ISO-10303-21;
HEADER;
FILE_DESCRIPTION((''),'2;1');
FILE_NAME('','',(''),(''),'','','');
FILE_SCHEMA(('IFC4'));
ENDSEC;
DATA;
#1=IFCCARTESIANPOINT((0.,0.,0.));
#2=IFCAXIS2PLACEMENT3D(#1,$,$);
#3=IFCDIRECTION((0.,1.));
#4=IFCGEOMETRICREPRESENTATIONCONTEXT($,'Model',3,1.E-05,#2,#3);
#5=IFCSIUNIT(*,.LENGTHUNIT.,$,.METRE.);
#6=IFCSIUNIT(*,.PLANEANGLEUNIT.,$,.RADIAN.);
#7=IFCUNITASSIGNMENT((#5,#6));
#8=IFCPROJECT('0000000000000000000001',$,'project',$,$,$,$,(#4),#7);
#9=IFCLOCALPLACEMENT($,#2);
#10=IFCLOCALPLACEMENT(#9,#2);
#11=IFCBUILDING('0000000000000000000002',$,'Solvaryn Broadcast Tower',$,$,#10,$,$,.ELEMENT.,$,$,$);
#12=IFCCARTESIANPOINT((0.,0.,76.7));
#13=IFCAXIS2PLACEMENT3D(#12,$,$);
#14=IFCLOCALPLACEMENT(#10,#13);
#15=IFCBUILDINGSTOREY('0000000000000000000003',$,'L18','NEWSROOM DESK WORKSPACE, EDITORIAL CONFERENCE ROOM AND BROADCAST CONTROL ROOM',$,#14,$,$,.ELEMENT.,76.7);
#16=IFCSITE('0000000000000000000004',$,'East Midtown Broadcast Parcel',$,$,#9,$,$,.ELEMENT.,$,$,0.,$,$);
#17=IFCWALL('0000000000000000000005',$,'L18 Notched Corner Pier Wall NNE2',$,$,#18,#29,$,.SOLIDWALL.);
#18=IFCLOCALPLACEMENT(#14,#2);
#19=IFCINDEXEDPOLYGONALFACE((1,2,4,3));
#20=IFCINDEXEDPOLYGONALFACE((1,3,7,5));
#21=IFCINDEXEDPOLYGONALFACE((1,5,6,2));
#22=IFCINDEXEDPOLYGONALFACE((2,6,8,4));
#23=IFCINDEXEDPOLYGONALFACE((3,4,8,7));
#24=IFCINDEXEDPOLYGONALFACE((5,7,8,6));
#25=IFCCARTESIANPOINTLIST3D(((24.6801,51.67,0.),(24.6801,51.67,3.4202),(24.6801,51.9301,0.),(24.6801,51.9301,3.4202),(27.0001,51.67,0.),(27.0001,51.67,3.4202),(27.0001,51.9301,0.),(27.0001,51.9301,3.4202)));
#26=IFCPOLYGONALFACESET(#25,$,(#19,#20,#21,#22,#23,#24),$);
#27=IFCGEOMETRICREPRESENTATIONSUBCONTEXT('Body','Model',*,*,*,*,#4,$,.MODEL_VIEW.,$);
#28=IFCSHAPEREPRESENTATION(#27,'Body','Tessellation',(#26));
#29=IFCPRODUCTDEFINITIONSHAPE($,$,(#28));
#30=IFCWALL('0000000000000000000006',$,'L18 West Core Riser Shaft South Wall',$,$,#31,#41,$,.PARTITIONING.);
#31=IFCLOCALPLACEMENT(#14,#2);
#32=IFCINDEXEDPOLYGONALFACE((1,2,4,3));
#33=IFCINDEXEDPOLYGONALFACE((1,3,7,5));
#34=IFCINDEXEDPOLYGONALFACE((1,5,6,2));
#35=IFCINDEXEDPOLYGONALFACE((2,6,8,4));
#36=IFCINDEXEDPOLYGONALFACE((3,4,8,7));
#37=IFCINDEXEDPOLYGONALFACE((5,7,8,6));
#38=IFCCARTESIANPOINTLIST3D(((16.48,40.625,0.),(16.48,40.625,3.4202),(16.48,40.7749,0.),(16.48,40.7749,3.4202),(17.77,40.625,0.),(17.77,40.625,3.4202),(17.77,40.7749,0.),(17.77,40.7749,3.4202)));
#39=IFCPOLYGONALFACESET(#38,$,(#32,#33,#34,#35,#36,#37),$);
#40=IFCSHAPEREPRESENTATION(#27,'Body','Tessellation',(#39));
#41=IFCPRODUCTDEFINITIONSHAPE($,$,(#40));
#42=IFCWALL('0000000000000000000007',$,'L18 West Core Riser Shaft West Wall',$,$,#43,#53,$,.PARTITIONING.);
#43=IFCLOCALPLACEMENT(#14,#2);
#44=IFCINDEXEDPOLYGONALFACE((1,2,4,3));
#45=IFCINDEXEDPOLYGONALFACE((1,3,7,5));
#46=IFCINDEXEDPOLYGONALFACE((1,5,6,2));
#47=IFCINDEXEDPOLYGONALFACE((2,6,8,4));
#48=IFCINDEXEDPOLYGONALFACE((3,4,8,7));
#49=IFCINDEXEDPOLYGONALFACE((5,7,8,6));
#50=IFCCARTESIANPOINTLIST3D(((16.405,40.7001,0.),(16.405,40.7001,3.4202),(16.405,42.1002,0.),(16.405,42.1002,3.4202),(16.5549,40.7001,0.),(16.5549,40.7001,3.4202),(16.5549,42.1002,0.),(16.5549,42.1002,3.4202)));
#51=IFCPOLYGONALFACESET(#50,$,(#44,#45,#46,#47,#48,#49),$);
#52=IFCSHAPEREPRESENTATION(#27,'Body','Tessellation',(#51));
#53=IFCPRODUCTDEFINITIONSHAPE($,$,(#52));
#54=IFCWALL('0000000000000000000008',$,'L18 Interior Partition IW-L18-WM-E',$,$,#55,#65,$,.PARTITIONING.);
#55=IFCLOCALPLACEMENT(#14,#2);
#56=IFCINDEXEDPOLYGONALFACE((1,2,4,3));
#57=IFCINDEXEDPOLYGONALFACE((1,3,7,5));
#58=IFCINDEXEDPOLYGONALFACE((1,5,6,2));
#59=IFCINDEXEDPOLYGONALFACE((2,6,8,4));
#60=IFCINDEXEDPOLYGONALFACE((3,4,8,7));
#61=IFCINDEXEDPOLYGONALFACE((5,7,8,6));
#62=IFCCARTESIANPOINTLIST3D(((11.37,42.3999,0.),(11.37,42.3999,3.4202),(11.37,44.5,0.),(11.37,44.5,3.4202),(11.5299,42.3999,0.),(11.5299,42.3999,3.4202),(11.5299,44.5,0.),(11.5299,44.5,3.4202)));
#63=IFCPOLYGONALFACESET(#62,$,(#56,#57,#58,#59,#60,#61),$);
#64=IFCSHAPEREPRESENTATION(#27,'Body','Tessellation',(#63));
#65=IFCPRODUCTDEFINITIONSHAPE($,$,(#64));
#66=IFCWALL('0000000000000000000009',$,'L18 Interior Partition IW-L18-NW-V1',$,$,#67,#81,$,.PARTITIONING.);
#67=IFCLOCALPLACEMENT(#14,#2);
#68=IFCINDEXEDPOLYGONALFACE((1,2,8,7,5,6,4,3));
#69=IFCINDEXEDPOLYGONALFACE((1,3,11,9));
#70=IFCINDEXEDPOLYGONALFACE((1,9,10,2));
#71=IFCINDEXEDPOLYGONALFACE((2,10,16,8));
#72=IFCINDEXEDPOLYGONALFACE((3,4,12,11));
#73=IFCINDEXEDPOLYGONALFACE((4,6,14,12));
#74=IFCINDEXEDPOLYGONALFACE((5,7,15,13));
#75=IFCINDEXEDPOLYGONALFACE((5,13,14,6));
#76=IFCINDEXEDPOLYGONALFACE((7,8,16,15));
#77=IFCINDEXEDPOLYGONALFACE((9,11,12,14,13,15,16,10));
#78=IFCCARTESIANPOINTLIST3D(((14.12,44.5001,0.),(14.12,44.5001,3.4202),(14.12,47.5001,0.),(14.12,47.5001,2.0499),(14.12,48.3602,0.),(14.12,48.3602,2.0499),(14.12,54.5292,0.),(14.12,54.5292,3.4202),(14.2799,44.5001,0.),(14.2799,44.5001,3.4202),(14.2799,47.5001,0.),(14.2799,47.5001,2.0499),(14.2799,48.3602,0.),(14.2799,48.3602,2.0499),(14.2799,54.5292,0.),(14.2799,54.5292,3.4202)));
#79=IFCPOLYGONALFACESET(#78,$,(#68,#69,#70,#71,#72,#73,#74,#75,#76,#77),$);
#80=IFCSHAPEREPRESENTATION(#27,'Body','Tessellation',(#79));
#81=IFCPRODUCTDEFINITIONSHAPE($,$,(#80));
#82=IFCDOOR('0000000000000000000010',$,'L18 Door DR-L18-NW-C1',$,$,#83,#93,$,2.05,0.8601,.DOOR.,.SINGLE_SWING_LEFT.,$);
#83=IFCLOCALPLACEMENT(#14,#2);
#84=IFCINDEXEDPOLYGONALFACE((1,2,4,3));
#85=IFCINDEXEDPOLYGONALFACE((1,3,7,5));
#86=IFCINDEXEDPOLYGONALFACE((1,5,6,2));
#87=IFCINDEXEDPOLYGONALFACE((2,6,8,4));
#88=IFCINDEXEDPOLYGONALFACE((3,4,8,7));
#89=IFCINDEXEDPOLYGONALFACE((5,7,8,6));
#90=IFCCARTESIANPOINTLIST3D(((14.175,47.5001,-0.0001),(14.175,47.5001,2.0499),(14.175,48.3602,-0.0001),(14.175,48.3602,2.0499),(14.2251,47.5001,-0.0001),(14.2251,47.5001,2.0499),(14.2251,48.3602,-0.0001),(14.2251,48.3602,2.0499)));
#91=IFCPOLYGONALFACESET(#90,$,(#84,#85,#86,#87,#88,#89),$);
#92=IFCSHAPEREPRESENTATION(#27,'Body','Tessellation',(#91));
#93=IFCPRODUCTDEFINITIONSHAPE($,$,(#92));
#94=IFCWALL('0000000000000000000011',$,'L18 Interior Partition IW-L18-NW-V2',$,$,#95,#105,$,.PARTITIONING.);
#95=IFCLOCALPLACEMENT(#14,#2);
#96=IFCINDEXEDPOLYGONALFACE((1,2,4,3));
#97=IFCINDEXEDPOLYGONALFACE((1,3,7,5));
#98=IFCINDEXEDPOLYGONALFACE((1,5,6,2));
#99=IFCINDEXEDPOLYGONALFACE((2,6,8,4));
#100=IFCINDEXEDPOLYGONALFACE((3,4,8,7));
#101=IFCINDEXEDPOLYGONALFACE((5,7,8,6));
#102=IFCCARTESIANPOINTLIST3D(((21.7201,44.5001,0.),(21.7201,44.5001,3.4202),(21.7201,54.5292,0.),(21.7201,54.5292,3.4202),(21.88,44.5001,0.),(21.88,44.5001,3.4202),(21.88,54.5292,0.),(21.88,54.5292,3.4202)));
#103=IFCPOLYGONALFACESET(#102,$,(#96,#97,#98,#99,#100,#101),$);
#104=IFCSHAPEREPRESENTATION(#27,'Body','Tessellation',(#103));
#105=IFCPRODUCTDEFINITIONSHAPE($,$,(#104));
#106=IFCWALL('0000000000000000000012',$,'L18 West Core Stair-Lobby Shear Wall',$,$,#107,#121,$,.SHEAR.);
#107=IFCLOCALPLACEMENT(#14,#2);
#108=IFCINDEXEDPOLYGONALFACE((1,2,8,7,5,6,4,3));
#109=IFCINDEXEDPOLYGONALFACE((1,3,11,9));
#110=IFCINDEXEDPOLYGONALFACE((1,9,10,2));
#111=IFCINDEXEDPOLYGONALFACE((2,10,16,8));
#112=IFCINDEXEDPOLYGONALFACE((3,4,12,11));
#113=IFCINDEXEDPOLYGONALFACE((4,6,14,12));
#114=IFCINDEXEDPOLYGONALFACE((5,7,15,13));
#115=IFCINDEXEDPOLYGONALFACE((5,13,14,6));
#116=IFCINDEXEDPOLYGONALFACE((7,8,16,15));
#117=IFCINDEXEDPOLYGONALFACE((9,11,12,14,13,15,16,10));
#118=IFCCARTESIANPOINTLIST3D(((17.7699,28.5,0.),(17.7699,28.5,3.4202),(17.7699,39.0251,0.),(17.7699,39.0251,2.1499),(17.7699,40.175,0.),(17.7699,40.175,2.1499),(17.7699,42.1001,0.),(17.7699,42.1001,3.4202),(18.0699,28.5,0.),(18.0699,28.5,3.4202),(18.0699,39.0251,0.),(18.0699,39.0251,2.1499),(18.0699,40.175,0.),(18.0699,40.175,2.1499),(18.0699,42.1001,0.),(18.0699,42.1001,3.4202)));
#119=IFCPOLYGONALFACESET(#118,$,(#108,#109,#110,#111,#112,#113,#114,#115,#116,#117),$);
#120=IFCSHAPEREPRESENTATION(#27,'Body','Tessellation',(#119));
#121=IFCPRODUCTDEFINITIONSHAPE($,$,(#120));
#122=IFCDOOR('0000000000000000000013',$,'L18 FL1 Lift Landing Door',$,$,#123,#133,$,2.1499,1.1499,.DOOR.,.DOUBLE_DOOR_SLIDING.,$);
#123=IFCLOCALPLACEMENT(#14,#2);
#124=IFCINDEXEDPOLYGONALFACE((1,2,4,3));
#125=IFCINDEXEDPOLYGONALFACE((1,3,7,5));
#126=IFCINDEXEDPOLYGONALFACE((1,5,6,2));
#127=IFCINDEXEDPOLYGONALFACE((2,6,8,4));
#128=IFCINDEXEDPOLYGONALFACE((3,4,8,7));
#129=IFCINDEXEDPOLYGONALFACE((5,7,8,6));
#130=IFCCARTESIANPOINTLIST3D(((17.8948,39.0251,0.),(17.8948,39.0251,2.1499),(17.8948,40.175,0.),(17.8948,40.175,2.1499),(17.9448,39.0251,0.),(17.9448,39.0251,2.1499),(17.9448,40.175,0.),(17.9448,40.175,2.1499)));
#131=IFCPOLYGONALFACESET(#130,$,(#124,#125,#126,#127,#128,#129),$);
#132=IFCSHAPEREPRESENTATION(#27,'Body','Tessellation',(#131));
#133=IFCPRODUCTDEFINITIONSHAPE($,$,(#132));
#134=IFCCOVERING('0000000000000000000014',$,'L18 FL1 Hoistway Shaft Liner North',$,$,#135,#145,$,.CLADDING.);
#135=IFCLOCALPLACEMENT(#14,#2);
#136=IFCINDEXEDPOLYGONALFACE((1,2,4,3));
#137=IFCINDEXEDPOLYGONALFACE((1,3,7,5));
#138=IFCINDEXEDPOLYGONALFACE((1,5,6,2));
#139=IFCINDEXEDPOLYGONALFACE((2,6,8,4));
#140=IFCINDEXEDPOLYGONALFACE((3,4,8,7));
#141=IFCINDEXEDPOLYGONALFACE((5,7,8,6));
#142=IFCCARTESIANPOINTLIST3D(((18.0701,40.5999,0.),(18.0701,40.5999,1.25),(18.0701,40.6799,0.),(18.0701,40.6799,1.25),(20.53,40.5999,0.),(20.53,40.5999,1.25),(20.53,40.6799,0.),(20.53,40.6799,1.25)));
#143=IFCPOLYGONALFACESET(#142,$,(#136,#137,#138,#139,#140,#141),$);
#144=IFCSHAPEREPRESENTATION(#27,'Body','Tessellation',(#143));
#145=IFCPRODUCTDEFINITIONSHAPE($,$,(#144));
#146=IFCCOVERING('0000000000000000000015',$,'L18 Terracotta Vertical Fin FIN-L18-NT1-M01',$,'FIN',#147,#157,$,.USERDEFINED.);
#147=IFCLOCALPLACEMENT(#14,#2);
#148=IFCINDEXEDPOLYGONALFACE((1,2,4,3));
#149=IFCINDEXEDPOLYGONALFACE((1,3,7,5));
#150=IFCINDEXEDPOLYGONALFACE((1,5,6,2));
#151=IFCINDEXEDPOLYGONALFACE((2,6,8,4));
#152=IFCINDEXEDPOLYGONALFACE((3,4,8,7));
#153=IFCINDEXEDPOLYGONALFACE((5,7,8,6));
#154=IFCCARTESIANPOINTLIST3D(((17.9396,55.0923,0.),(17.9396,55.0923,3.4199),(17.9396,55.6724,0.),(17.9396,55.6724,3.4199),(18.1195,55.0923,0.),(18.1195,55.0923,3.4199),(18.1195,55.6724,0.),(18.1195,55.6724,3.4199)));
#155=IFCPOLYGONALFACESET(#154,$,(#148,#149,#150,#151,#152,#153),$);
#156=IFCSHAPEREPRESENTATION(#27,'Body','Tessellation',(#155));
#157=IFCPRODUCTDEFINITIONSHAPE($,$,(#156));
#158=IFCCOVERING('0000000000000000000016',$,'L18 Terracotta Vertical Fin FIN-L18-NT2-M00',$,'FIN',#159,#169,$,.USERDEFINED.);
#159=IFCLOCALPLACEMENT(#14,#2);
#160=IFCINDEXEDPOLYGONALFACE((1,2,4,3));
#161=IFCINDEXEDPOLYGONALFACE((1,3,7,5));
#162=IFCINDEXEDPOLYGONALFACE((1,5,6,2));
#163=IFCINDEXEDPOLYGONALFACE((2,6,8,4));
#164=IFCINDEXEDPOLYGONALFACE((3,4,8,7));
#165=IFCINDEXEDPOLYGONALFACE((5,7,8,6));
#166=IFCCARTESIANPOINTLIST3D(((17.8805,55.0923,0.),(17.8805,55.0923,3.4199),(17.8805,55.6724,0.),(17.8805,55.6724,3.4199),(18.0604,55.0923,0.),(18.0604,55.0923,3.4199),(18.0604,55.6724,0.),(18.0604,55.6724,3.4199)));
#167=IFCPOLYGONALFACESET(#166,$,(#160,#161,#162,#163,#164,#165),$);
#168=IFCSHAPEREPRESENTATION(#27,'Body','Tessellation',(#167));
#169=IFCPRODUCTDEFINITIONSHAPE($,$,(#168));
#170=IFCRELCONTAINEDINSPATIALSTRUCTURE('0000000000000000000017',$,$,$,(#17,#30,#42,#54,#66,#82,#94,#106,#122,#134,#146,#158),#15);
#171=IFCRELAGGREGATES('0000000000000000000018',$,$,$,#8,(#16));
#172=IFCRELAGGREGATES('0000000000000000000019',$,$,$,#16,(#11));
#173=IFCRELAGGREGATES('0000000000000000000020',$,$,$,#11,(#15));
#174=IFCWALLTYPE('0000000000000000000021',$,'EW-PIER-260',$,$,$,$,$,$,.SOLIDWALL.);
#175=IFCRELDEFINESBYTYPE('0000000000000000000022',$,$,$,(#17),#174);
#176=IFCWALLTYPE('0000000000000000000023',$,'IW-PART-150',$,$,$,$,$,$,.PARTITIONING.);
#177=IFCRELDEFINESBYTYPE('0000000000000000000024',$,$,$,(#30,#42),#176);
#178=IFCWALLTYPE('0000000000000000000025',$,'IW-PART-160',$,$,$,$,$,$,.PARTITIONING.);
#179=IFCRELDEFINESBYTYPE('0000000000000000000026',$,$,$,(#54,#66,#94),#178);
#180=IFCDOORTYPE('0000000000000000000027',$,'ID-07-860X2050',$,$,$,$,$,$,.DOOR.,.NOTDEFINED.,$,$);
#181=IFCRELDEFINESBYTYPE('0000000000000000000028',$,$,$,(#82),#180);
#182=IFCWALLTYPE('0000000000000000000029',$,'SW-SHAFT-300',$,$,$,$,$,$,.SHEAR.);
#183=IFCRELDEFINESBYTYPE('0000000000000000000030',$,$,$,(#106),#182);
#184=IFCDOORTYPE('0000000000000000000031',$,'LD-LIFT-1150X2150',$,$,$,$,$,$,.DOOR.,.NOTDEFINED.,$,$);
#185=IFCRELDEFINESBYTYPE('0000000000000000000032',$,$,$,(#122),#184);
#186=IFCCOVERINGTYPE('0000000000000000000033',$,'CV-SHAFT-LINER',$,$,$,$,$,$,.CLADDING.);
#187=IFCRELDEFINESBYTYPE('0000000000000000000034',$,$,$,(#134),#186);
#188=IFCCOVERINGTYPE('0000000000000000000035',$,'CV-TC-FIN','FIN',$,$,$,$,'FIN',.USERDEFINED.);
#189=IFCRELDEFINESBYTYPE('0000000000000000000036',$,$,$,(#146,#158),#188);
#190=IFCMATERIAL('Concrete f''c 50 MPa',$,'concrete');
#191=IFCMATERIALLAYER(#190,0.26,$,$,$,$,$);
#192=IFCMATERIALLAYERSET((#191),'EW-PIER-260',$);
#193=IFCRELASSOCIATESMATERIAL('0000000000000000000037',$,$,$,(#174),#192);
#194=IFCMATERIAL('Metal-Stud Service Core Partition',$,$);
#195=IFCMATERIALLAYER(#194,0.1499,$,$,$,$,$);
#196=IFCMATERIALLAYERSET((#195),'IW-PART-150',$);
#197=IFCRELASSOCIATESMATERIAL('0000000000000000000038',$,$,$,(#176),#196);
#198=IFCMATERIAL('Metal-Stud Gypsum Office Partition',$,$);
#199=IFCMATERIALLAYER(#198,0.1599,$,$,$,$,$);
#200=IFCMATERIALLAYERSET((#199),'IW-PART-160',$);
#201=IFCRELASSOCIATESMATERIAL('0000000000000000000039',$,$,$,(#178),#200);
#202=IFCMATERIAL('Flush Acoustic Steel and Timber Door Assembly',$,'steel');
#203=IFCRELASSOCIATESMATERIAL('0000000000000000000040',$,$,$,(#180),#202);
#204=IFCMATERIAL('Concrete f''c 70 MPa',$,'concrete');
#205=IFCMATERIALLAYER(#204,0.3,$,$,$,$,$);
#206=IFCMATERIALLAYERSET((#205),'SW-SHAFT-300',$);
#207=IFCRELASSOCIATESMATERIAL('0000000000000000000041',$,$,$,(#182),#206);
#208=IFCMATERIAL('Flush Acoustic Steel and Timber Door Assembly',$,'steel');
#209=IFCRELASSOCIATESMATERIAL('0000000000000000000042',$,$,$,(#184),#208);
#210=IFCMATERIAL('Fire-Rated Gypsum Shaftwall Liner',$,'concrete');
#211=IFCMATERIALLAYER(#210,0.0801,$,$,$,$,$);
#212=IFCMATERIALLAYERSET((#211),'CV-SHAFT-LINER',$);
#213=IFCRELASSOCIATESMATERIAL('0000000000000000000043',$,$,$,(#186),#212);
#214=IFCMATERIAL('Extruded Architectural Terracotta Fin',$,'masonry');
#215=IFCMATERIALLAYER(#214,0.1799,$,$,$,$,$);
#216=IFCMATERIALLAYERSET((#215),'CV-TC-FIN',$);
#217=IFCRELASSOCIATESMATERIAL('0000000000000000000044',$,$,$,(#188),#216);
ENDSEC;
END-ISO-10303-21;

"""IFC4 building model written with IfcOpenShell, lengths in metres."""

from ifc_helpers import new_model, si_unit, direction, frame, frame_2d, origin, origin_2d, place, context, subcontext, project, spatial, rectangle, extrude, material, layer, layer_set, type_object, element, fill, save


model = new_model("IFC4")

# Units and contexts
model_context = context("Model", 3, precision=1e-05, world=origin(), true_north=direction((0.0, 1.0)))
body_context = subcontext(model_context, "Body", "Model", "MODEL_VIEW")
ifc_project = project(units=[si_unit("LENGTHUNIT", "METRE"), si_unit("PLANEANGLEUNIT", "RADIAN")], contexts=[model_context])

# Site, building, storey
site_placement = place(None, origin())
site = spatial("IfcSite", under=ifc_project, at=site_placement, Name="East Midtown Broadcast Parcel", CompositionType="ELEMENT", RefElevation=0.0)
building_placement = place(site_placement, origin())
building = spatial("IfcBuilding", under=site, at=building_placement, Name="Solvaryn Broadcast Tower", CompositionType="ELEMENT")
storey_placement = place(building_placement, frame((0.0, 0.0, 76.7)))
storey = spatial("IfcBuildingStorey", under=building, at=storey_placement, Name="L18", Description="NEWSROOM DESK WORKSPACE, EDITORIAL CONFERENCE ROOM AND BROADCAST CONTROL ROOM", CompositionType="ELEMENT", Elevation=76.7)

# Walls
ifc_material_1 = material(Name="Concrete f'c 50 MPa", Category="concrete")
ifc_layer_1 = layer(ifc_material_1, 0.26)
ifc_layer_set_1 = layer_set([ifc_layer_1], Name="EW-PIER-260")
wall_type_1 = type_object("IfcWallType", Name="EW-PIER-260", PredefinedType="SOLIDWALL", material=ifc_layer_set_1)
wall_1_placement = place(storey_placement, frame((24.6799, 51.8, 0.0), z_axis=(0.0, 0.0, 1.0), x_axis=(1.0, 0.0, 0.0)))
element("IfcWall", 1, at=wall_1_placement, inside=storey, type_object=wall_type_1, Name="L18 Notched Corner Pier Wall NNE2", PredefinedType="SOLIDWALL", context=body_context, shape_type="SweptSolid", body=[
    extrude(rectangle(XDim=2.3201, YDim=0.26, at=frame_2d((1.1602, 0.0))), origin(), (0.0, 0.0, 1.0), 3.4202),
])
ifc_material_2 = material(Name="Metal-Stud Service Core Partition")
ifc_layer_2 = layer(ifc_material_2, 0.1499)
ifc_layer_set_2 = layer_set([ifc_layer_2], Name="IW-PART-150")
wall_type_2 = type_object("IfcWallType", Name="IW-PART-150", PredefinedType="PARTITIONING", material=ifc_layer_set_2)
wall_2_placement = place(storey_placement, frame((16.48, 40.7, 0.0), z_axis=(0.0, 0.0, 1.0), x_axis=(1.0, 0.0, 0.0)))
element("IfcWall", 2, at=wall_2_placement, inside=storey, type_object=wall_type_2, Name="L18 West Core Riser Shaft South Wall", PredefinedType="PARTITIONING", context=body_context, shape_type="SweptSolid", body=[
    extrude(rectangle(XDim=1.29, YDim=0.1499, at=frame_2d((0.645, 0.0))), origin(), (0.0, 0.0, 1.0), 3.4202),
])
wall_3_placement = place(storey_placement, frame((16.48, 40.7, 0.0), z_axis=(0.0, 0.0, 1.0), x_axis=(0.0, 1.0, 0.0)))
element("IfcWall", 3, at=wall_3_placement, inside=storey, type_object=wall_type_2, Name="L18 West Core Riser Shaft West Wall", PredefinedType="PARTITIONING", context=body_context, shape_type="SweptSolid", body=[
    extrude(rectangle(XDim=1.4001, YDim=0.1499, at=frame_2d((0.7002, 0.0))), origin(), (0.0, 0.0, 1.0), 3.4202),
])
ifc_material_3 = material(Name="Metal-Stud Gypsum Office Partition")
ifc_layer_3 = layer(ifc_material_3, 0.1599)
ifc_layer_set_3 = layer_set([ifc_layer_3], Name="IW-PART-160")
wall_type_3 = type_object("IfcWallType", Name="IW-PART-160", PredefinedType="PARTITIONING", material=ifc_layer_set_3)
wall_4_placement = place(storey_placement, frame((11.45, 42.3999, 0.0), z_axis=(0.0, 0.0, 1.0), x_axis=(0.0, 1.0, 0.0)))
element("IfcWall", 4, at=wall_4_placement, inside=storey, type_object=wall_type_3, Name="L18 Interior Partition IW-L18-WM-E", PredefinedType="PARTITIONING", context=body_context, shape_type="SweptSolid", body=[
    extrude(rectangle(XDim=2.1001, YDim=0.1599, at=frame_2d((1.05, 0.0))), origin(), (0.0, 0.0, 1.0), 3.4202),
])

# Wall, opening, door
wall_5_placement = place(storey_placement, frame((14.2, 44.5, 0.0), z_axis=(0.0, 0.0, 1.0), x_axis=(0.0, 1.0, 0.0)))
wall_5 = element("IfcWall", 5, at=wall_5_placement, inside=storey, type_object=wall_type_3, Name="L18 Interior Partition IW-L18-NW-V1", PredefinedType="PARTITIONING", context=body_context, shape_type="SweptSolid", body=[
    extrude(rectangle(XDim=10.0291, YDim=0.1599, at=frame_2d((5.0146, 0.0))), origin(), (0.0, 0.0, 1.0), 3.4202),
])
opening_1_placement = place(wall_5_placement, frame((3.0, 0.0, 0.0)))
opening_1 = element("IfcOpeningElement", 6, at=opening_1_placement, cuts=wall_5, PredefinedType="OPENING", context=body_context, shape_type="SweptSolid", body=[
    extrude(rectangle(XDim=0.8601, YDim=2.05, at=frame_2d((0.4302, 1.0249))), frame((0.0, 0.0901, 0.0), z_axis=(0.0, -1.0, 0.0), x_axis=(1.0, 0.0, 0.0)), (0.0, 0.0, 1.0), 0.1799),
])
ifc_material_4 = material(Name="Flush Acoustic Steel and Timber Door Assembly", Category="steel")
door_type_1 = type_object("IfcDoorType", Name="ID-07-860X2050", OperationType="NOTDEFINED", PredefinedType="DOOR", material=ifc_material_4)
door_1_placement = place(opening_1_placement, origin())
door_1 = element("IfcDoor", 7, at=door_1_placement, inside=storey, type_object=door_type_1, Name="L18 Door DR-L18-NW-C1", OperationType="SINGLE_SWING_LEFT", OverallHeight=2.05, OverallWidth=0.8601, PredefinedType="DOOR", context=body_context, shape_type="SweptSolid", body=[
    extrude(rectangle(XDim=0.8601, YDim=2.05, at=frame_2d((0.4302, 1.0249))), frame((0.0, 0.0249, 0.0), z_axis=(0.0, -1.0, 0.0), x_axis=(1.0, 0.0, 0.0)), (0.0, 0.0, 1.0), 0.05),
])
fill(opening_1, door_1)

# Wall
wall_6_placement = place(storey_placement, frame((21.8, 44.5, 0.0), z_axis=(0.0, 0.0, 1.0), x_axis=(0.0, 1.0, 0.0)))
element("IfcWall", 8, at=wall_6_placement, inside=storey, type_object=wall_type_3, Name="L18 Interior Partition IW-L18-NW-V2", PredefinedType="PARTITIONING", context=body_context, shape_type="SweptSolid", body=[
    extrude(rectangle(XDim=10.0291, YDim=0.1599, at=frame_2d((5.0146, 0.0))), origin(), (0.0, 0.0, 1.0), 3.4202),
])

# Wall, opening, door
ifc_material_5 = material(Name="Concrete f'c 70 MPa", Category="concrete")
ifc_layer_4 = layer(ifc_material_5, 0.3)
ifc_layer_set_4 = layer_set([ifc_layer_4], Name="SW-SHAFT-300")
wall_type_4 = type_object("IfcWallType", Name="SW-SHAFT-300", PredefinedType="SHEAR", material=ifc_layer_set_4)
wall_7_placement = place(storey_placement, frame((17.9199, 42.1001, 0.0), z_axis=(0.0, 0.0, 1.0), x_axis=(0.0, -1.0, 0.0)))
wall_7 = element("IfcWall", 9, at=wall_7_placement, inside=storey, type_object=wall_type_4, Name="L18 West Core Stair-Lobby Shear Wall", PredefinedType="SHEAR", context=body_context, shape_type="SweptSolid", body=[
    extrude(rectangle(XDim=13.6001, YDim=0.3, at=frame_2d((6.8, 0.0))), origin(), (0.0, 0.0, 1.0), 3.4202),
])
opening_2_placement = place(wall_7_placement, frame((1.925, 0.0, 0.0)))
opening_2 = element("IfcOpeningElement", 10, at=opening_2_placement, cuts=wall_7, PredefinedType="OPENING", context=body_context, shape_type="SweptSolid", body=[
    extrude(rectangle(XDim=1.1499, YDim=2.1499, at=frame_2d((0.575, 1.075))), frame((0.0, 0.1599, 0.0), z_axis=(0.0, -1.0, 0.0), x_axis=(1.0, 0.0, 0.0)), (0.0, 0.0, 1.0), 0.3201),
])
ifc_material_6 = material(Name="Flush Acoustic Steel and Timber Door Assembly", Category="steel")
door_type_2 = type_object("IfcDoorType", Name="LD-LIFT-1150X2150", OperationType="NOTDEFINED", PredefinedType="DOOR", material=ifc_material_6)
door_2_placement = place(opening_2_placement, origin())
door_2 = element("IfcDoor", 11, at=door_2_placement, inside=storey, type_object=door_type_2, Name="L18 FL1 Lift Landing Door", OperationType="DOUBLE_DOOR_SLIDING", OverallHeight=2.1499, OverallWidth=1.1499, PredefinedType="DOOR", context=body_context, shape_type="SweptSolid", body=[
    extrude(rectangle(XDim=1.1499, YDim=2.1499, at=frame_2d((0.575, 1.075))), frame((0.0, 0.0249, 0.0), z_axis=(0.0, -1.0, 0.0), x_axis=(1.0, 0.0, 0.0)), (0.0, 0.0, 1.0), 0.05),
])
fill(opening_2, door_2)

# Coverings
ifc_material_7 = material(Name="Fire-Rated Gypsum Shaftwall Liner", Category="concrete")
ifc_layer_5 = layer(ifc_material_7, 0.0801)
ifc_layer_set_5 = layer_set([ifc_layer_5], Name="CV-SHAFT-LINER")
covering_type_1 = type_object("IfcCoveringType", Name="CV-SHAFT-LINER", PredefinedType="CLADDING", material=ifc_layer_set_5)
covering_placement = place(storey_placement, frame((19.3, 40.6399, 0.0), z_axis=(0.0, 0.0, 1.0), x_axis=(1.0, 0.0, 0.0)))
element("IfcCovering", 12, at=covering_placement, inside=storey, type_object=covering_type_1, Name="L18 FL1 Hoistway Shaft Liner North", PredefinedType="CLADDING", context=body_context, shape_type="SweptSolid", body=[
    extrude(rectangle(XDim=2.46, YDim=0.0801, at=origin_2d()), origin(), (0.0, 0.0, 1.0), 1.25),
])
ifc_material_8 = material(Name="Extruded Architectural Terracotta Fin", Category="masonry")
ifc_layer_6 = layer(ifc_material_8, 0.1799)
ifc_layer_set_6 = layer_set([ifc_layer_6], Name="CV-TC-FIN")
covering_type_2 = type_object("IfcCoveringType", Name="CV-TC-FIN", Description="FIN", ElementType="FIN", PredefinedType="USERDEFINED", material=ifc_layer_set_6)
for number, where, z_axis, x_axis, name in (
    (13, (18.0295, 55.3823, 0.0), (0.0, 0.0, 1.0), (1.0, 0.0, 0.0), "L18 Terracotta Vertical Fin FIN-L18-NT1-M01"),
    (14, (17.9705, 55.3823, 0.0), (0.0, 0.0, 1.0), (1.0, 0.0, 0.0), "L18 Terracotta Vertical Fin FIN-L18-NT2-M00"),
):
    element("IfcCovering", number, at=place(storey_placement, frame(where, z_axis=z_axis, x_axis=x_axis)), inside=storey, type_object=covering_type_2, Name=name, ObjectType="FIN", PredefinedType="USERDEFINED", context=body_context, shape_type="SweptSolid", body=[
        extrude(rectangle(XDim=0.1799, YDim=0.5801, at=origin_2d()), origin(), (0.0, 0.0, 1.0), 3.4199),
    ])

save(model, "model.ifc")
